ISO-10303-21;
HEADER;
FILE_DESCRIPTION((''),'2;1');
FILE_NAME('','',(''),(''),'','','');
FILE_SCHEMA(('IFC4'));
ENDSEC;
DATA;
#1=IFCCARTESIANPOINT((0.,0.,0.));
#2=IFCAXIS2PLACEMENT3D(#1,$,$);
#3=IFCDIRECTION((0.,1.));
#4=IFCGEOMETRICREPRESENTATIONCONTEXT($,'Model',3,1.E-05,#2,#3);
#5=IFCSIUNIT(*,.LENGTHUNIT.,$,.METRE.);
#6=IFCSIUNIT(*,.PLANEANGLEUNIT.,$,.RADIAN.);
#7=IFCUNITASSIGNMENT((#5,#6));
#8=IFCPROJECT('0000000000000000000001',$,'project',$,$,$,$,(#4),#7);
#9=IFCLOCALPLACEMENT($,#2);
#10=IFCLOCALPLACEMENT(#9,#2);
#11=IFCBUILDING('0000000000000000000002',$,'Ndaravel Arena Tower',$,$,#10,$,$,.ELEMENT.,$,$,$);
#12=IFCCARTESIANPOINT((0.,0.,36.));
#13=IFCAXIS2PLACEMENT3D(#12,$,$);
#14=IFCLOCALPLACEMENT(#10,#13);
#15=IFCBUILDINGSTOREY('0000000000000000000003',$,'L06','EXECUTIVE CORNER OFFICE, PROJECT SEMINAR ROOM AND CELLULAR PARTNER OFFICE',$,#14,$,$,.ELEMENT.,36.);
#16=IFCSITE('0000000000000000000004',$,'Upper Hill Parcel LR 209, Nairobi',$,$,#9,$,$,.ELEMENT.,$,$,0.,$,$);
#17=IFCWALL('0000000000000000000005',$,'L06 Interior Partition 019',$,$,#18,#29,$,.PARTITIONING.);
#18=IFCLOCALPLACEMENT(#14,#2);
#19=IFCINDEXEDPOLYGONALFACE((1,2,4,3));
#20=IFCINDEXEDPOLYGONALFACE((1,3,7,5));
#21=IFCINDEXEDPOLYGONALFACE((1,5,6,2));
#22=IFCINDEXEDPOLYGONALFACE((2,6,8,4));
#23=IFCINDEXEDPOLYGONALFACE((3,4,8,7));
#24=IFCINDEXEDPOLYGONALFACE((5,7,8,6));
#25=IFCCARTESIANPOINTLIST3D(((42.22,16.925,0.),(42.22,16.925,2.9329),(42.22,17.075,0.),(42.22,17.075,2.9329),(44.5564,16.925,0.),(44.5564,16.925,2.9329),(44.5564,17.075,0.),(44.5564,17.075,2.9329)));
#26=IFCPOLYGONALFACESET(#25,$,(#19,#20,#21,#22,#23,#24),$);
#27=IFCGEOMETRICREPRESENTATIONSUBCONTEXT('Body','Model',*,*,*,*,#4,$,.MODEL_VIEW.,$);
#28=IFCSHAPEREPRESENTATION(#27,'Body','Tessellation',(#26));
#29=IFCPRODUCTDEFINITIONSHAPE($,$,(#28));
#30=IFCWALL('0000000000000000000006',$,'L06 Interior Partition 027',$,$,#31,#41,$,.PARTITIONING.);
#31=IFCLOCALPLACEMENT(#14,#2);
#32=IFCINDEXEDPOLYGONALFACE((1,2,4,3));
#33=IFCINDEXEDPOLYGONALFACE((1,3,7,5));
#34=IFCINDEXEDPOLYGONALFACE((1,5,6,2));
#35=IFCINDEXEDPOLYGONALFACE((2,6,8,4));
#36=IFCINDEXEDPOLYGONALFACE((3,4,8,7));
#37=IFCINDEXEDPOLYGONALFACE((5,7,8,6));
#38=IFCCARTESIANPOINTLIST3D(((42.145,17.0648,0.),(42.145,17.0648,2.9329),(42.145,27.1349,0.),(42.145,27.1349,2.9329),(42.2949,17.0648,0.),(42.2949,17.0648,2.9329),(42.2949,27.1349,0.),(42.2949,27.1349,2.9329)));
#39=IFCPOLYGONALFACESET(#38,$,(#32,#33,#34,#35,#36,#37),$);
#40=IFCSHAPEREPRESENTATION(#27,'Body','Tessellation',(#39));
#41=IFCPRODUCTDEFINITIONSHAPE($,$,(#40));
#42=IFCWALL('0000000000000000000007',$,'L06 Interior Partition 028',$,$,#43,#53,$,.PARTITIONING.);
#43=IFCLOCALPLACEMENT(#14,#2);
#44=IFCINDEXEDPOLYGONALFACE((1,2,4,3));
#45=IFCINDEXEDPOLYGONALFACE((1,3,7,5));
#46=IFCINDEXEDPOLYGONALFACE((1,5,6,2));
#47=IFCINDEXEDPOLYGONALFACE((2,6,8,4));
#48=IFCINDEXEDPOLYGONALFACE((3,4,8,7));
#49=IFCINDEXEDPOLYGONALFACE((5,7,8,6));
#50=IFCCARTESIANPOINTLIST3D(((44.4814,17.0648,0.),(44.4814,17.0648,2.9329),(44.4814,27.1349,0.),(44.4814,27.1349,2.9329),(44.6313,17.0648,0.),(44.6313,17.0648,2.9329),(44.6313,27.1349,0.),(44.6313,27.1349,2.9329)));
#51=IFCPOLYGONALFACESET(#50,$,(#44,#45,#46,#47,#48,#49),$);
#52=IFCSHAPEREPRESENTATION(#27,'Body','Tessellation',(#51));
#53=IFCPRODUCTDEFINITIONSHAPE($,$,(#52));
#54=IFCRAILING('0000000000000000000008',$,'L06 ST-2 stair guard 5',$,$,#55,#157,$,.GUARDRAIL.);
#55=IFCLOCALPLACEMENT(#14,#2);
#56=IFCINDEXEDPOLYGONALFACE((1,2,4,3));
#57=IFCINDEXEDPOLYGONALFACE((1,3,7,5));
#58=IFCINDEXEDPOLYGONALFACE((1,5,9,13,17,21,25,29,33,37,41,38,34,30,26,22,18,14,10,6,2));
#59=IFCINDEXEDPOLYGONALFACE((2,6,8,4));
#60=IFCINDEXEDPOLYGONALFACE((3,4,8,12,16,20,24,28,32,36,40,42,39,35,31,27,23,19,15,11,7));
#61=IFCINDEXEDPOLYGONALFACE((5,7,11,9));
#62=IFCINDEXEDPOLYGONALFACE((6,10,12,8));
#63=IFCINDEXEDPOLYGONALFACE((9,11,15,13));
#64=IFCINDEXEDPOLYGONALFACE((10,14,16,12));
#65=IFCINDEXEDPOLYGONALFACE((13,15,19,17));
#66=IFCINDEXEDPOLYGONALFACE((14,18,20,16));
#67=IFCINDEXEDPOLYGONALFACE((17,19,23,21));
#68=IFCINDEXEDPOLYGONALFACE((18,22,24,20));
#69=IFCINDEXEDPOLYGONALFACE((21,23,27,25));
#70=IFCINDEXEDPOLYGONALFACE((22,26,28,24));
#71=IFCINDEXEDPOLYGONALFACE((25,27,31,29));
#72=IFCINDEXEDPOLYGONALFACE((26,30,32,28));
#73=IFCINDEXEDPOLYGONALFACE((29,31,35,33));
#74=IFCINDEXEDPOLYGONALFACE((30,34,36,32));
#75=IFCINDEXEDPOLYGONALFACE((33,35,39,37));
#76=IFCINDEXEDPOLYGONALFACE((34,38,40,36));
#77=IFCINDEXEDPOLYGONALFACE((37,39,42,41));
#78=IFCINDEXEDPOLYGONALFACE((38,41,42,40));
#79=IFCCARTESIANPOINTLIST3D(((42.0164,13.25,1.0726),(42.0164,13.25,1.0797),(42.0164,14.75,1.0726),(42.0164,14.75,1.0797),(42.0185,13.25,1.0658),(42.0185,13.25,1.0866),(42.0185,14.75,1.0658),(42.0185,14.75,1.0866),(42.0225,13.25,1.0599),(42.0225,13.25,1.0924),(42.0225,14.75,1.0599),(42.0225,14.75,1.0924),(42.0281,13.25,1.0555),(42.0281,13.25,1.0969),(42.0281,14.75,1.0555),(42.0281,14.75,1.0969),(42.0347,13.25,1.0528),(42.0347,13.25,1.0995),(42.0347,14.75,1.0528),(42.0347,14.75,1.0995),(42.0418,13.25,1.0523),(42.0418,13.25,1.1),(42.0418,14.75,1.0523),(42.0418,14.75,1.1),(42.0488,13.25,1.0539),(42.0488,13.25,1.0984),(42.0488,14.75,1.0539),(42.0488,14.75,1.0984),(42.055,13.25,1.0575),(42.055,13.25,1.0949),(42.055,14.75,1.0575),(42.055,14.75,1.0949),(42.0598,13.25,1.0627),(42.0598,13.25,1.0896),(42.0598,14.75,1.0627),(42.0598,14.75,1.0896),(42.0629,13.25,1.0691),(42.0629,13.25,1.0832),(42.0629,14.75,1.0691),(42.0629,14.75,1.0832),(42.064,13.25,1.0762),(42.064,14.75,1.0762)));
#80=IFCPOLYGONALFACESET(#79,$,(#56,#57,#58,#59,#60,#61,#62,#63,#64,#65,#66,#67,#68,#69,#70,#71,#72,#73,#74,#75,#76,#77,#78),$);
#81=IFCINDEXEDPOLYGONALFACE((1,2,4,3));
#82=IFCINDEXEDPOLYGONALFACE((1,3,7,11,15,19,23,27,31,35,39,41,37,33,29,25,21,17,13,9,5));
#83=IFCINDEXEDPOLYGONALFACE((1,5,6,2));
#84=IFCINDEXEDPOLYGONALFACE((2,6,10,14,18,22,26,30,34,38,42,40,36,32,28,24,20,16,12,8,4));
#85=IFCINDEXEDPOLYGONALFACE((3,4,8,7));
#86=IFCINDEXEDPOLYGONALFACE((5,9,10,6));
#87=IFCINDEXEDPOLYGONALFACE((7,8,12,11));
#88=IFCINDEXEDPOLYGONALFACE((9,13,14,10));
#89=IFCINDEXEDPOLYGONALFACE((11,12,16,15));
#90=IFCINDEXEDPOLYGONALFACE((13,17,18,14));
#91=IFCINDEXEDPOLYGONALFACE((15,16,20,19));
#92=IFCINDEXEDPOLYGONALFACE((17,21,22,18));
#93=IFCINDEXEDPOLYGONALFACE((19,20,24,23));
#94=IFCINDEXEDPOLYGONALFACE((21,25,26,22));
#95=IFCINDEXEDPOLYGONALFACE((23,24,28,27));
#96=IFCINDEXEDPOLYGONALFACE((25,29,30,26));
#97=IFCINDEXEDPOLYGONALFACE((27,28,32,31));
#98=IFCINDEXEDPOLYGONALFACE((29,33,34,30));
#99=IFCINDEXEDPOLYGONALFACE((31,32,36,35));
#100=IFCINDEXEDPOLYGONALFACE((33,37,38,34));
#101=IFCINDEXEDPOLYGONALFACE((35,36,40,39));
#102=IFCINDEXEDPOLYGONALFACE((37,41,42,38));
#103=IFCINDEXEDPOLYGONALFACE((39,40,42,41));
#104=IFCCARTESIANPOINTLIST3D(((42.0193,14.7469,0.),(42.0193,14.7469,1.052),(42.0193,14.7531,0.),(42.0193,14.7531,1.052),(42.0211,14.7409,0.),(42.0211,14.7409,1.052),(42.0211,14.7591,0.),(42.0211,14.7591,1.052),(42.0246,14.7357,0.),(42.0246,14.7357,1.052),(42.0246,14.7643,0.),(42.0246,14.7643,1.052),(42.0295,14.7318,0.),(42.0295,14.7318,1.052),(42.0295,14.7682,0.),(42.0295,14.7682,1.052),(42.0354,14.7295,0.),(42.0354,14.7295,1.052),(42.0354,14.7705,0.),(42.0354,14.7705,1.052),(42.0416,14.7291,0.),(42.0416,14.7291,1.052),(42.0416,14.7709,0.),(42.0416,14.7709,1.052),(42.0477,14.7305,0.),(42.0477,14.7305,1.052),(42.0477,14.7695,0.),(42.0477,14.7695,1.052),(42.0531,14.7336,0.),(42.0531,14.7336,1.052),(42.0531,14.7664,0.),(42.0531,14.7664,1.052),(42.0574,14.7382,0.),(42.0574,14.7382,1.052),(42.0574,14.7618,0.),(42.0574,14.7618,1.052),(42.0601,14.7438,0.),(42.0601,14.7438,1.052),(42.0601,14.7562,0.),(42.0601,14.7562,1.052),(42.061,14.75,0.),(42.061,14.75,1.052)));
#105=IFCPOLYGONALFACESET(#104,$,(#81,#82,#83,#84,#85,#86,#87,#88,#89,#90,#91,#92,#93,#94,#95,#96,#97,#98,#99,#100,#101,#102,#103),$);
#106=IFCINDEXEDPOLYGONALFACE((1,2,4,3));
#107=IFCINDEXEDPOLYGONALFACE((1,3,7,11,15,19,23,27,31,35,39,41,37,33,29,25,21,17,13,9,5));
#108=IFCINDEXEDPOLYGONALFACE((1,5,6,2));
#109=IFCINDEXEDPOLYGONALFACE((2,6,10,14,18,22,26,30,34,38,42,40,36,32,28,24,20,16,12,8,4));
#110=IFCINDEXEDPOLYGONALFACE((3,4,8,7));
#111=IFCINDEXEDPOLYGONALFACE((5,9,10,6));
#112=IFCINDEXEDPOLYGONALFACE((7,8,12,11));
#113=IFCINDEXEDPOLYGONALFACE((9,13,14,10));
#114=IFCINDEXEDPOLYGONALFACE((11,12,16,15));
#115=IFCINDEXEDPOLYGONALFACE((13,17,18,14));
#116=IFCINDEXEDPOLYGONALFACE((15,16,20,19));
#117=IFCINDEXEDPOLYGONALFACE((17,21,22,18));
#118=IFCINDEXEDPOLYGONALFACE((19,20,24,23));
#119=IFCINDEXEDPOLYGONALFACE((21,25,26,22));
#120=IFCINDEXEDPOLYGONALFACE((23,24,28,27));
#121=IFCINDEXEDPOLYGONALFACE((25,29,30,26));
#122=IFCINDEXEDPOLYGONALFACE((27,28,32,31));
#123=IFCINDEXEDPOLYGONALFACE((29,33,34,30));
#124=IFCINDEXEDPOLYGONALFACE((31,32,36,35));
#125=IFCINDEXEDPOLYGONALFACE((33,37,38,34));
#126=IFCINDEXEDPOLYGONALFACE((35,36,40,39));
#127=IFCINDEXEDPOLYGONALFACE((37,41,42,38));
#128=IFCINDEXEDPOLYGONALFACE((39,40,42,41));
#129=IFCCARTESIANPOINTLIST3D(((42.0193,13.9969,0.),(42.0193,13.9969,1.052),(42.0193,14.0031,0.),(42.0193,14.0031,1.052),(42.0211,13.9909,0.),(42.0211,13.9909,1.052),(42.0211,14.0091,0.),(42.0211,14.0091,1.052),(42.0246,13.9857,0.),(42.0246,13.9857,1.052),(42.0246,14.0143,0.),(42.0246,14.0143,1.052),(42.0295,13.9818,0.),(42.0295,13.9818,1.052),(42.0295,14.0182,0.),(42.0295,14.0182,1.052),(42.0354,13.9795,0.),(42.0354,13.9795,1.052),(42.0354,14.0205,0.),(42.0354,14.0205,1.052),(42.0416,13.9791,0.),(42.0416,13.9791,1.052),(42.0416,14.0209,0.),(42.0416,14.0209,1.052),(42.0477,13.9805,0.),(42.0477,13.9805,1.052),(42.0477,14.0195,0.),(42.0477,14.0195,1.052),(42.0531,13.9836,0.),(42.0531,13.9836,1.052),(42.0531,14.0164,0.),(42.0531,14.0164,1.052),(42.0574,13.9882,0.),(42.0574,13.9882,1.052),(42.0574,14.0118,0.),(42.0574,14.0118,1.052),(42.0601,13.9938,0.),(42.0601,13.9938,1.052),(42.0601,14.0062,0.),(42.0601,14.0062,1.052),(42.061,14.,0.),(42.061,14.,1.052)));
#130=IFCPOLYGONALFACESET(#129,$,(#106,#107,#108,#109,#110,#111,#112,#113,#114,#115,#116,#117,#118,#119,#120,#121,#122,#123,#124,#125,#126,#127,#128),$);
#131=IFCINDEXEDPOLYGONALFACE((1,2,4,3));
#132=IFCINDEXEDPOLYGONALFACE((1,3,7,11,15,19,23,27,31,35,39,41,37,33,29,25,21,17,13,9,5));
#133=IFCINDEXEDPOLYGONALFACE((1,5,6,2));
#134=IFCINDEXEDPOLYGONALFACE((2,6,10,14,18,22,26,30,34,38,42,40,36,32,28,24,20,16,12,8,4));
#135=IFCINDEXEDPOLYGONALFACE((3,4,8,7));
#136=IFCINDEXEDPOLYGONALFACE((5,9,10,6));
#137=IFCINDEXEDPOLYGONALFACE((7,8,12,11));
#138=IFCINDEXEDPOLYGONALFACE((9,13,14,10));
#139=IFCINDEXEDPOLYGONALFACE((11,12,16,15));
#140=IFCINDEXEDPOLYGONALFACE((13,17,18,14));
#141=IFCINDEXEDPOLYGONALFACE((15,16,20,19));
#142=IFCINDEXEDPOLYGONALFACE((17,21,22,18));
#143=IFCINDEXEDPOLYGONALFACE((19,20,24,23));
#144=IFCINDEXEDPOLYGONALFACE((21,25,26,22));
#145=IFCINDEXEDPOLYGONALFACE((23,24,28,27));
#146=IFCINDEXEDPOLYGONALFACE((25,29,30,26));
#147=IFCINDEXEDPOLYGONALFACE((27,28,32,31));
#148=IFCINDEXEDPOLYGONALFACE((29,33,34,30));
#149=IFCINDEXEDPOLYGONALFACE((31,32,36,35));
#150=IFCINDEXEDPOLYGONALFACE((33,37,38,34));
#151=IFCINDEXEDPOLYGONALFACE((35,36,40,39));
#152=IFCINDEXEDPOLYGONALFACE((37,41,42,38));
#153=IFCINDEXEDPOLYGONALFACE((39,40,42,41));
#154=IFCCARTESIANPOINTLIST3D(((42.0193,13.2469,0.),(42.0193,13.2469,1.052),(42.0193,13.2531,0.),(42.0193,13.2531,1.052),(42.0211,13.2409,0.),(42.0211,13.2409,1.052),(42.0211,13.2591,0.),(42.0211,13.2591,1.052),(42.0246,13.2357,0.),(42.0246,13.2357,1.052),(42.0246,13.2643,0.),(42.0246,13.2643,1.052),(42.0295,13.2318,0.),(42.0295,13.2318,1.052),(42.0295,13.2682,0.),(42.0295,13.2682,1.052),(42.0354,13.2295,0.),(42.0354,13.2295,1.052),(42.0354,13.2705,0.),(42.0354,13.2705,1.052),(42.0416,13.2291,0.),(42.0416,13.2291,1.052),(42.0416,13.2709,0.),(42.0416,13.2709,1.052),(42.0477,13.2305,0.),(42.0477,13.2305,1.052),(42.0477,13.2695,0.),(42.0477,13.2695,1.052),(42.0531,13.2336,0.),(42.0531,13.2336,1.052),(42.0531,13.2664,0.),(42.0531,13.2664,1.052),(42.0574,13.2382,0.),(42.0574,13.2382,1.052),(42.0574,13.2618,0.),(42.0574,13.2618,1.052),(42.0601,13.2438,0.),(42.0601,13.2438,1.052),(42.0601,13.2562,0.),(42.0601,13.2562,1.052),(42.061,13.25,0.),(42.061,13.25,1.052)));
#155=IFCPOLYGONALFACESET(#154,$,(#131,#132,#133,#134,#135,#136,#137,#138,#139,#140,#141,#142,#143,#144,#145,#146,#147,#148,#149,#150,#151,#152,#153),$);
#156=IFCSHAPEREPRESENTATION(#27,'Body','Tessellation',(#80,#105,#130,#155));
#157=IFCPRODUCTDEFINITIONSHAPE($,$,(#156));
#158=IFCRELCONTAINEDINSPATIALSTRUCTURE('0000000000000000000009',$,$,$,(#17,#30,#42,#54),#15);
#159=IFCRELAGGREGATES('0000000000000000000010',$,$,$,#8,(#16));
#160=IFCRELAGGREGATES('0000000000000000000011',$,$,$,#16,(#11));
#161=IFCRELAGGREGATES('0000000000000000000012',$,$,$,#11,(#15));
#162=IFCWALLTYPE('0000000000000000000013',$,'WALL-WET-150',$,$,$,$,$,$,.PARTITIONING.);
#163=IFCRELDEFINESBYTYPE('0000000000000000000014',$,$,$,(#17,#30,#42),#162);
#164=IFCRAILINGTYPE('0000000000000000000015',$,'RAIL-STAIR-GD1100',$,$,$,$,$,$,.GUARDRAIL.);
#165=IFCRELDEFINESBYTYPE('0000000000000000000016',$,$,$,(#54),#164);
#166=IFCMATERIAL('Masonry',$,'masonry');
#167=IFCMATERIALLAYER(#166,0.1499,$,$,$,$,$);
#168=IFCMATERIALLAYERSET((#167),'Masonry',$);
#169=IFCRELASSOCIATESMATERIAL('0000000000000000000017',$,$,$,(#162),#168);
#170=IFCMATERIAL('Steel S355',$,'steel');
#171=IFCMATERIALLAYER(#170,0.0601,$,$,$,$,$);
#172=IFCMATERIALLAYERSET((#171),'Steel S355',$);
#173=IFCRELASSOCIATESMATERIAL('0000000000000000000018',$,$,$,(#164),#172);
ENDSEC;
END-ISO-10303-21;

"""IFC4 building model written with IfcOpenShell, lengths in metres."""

from ifc_helpers import new_model, si_unit, direction, frame, frame_2d, origin, origin_2d, place, context, subcontext, project, spatial, rectangle, circle, extrude, material, layer, layer_set, type_object, element, save


model = new_model("IFC4")

# Units and contexts
model_context = context("Model", 3, precision=1e-05, world=origin(), true_north=direction((0.0, 1.0)))
body_context = subcontext(model_context, "Body", "Model", "MODEL_VIEW")
ifc_project = project(units=[si_unit("LENGTHUNIT", "METRE"), si_unit("PLANEANGLEUNIT", "RADIAN")], contexts=[model_context])

# Site, building, storey
site_placement = place(None, origin())
site = spatial("IfcSite", under=ifc_project, at=site_placement, Name="Upper Hill Parcel LR 209, Nairobi", CompositionType="ELEMENT", RefElevation=0.0)
building_placement = place(site_placement, origin())
building = spatial("IfcBuilding", under=site, at=building_placement, Name="Ndaravel Arena Tower", CompositionType="ELEMENT")
storey_placement = place(building_placement, frame((0.0, 0.0, 36.0)))
storey = spatial("IfcBuildingStorey", under=building, at=storey_placement, Name="L06", Description="EXECUTIVE CORNER OFFICE, PROJECT SEMINAR ROOM AND CELLULAR PARTNER OFFICE", CompositionType="ELEMENT", Elevation=36.0)

# Shared definitions
ifc_material_1 = material(Name="Masonry", Category="masonry")
ifc_layer_1 = layer(ifc_material_1, 0.1499)
ifc_layer_set_1 = layer_set([ifc_layer_1], Name="Masonry")
wall_type_1 = type_object("IfcWallType", Name="WALL-WET-150", PredefinedType="PARTITIONING", material=ifc_layer_set_1)

# Walls
wall_1_placement = place(storey_placement, frame((42.22, 17.0, 0.0), z_axis=(0.0, 0.0, 1.0), x_axis=(1.0, 0.0, 0.0)))
element("IfcWall", 1, at=wall_1_placement, inside=storey, type_object=wall_type_1, Name="L06 Interior Partition 019", PredefinedType="PARTITIONING", context=body_context, shape_type="SweptSolid", body=[
    extrude(rectangle(XDim=2.3364, YDim=0.1499, at=frame_2d((1.1682, 0.0))), origin(), (0.0, 0.0, 1.0), 2.9329),
])
for number, where, z_axis, x_axis, name in (
    (2, (42.22, 27.135, 0.0), (0.0, 0.0, 1.0), (0.0, -1.0, 0.0), "L06 Interior Partition 027"),
    (3, (44.5564, 27.135, 0.0), (0.0, 0.0, 1.0), (0.0, -1.0, 0.0), "L06 Interior Partition 028"),
):
    element("IfcWall", number, at=place(storey_placement, frame(where, z_axis=z_axis, x_axis=x_axis)), inside=storey, type_object=wall_type_1, Name=name, PredefinedType="PARTITIONING", context=body_context, shape_type="SweptSolid", body=[
        extrude(rectangle(XDim=10.0701, YDim=0.1499, at=frame_2d((5.0352, 0.0))), origin(), (0.0, 0.0, 1.0), 2.9329),
    ])

# Railing
ifc_material_2 = material(Name="Steel S355", Category="steel")
ifc_layer_2 = layer(ifc_material_2, 0.0601)
ifc_layer_set_2 = layer_set([ifc_layer_2], Name="Steel S355")
railing_type = type_object("IfcRailingType", Name="RAIL-STAIR-GD1100", PredefinedType="GUARDRAIL", material=ifc_layer_set_2)
for number, where, name in (
    (4, (42.04, 14.75, 0.0), "L06 ST-2 stair guard 5"),
):
    element("IfcRailing", number, at=place(storey_placement, frame(where)), inside=storey, type_object=railing_type, Name=name, PredefinedType="GUARDRAIL", context=body_context, shape_type="SweptSolid", body=[
        extrude(circle(Radius=0.0239, at=origin_2d()), frame((0.0, 0.0, 1.0762), z_axis=(0.0, -1.0, 0.0), x_axis=(1.0, 0.0, 0.0)), (0.0, 0.0, 1.0), 1.5),
        extrude(circle(Radius=0.021, at=origin_2d()), origin(), (0.0, 0.0, 1.0), 1.052),
        extrude(circle(Radius=0.021, at=origin_2d()), frame((0.0, -0.75, 0.0)), (0.0, 0.0, 1.0), 1.052),
        extrude(circle(Radius=0.021, at=origin_2d()), frame((0.0, -1.5, 0.0)), (0.0, 0.0, 1.0), 1.052),
    ])

save(model, "model.ifc")
